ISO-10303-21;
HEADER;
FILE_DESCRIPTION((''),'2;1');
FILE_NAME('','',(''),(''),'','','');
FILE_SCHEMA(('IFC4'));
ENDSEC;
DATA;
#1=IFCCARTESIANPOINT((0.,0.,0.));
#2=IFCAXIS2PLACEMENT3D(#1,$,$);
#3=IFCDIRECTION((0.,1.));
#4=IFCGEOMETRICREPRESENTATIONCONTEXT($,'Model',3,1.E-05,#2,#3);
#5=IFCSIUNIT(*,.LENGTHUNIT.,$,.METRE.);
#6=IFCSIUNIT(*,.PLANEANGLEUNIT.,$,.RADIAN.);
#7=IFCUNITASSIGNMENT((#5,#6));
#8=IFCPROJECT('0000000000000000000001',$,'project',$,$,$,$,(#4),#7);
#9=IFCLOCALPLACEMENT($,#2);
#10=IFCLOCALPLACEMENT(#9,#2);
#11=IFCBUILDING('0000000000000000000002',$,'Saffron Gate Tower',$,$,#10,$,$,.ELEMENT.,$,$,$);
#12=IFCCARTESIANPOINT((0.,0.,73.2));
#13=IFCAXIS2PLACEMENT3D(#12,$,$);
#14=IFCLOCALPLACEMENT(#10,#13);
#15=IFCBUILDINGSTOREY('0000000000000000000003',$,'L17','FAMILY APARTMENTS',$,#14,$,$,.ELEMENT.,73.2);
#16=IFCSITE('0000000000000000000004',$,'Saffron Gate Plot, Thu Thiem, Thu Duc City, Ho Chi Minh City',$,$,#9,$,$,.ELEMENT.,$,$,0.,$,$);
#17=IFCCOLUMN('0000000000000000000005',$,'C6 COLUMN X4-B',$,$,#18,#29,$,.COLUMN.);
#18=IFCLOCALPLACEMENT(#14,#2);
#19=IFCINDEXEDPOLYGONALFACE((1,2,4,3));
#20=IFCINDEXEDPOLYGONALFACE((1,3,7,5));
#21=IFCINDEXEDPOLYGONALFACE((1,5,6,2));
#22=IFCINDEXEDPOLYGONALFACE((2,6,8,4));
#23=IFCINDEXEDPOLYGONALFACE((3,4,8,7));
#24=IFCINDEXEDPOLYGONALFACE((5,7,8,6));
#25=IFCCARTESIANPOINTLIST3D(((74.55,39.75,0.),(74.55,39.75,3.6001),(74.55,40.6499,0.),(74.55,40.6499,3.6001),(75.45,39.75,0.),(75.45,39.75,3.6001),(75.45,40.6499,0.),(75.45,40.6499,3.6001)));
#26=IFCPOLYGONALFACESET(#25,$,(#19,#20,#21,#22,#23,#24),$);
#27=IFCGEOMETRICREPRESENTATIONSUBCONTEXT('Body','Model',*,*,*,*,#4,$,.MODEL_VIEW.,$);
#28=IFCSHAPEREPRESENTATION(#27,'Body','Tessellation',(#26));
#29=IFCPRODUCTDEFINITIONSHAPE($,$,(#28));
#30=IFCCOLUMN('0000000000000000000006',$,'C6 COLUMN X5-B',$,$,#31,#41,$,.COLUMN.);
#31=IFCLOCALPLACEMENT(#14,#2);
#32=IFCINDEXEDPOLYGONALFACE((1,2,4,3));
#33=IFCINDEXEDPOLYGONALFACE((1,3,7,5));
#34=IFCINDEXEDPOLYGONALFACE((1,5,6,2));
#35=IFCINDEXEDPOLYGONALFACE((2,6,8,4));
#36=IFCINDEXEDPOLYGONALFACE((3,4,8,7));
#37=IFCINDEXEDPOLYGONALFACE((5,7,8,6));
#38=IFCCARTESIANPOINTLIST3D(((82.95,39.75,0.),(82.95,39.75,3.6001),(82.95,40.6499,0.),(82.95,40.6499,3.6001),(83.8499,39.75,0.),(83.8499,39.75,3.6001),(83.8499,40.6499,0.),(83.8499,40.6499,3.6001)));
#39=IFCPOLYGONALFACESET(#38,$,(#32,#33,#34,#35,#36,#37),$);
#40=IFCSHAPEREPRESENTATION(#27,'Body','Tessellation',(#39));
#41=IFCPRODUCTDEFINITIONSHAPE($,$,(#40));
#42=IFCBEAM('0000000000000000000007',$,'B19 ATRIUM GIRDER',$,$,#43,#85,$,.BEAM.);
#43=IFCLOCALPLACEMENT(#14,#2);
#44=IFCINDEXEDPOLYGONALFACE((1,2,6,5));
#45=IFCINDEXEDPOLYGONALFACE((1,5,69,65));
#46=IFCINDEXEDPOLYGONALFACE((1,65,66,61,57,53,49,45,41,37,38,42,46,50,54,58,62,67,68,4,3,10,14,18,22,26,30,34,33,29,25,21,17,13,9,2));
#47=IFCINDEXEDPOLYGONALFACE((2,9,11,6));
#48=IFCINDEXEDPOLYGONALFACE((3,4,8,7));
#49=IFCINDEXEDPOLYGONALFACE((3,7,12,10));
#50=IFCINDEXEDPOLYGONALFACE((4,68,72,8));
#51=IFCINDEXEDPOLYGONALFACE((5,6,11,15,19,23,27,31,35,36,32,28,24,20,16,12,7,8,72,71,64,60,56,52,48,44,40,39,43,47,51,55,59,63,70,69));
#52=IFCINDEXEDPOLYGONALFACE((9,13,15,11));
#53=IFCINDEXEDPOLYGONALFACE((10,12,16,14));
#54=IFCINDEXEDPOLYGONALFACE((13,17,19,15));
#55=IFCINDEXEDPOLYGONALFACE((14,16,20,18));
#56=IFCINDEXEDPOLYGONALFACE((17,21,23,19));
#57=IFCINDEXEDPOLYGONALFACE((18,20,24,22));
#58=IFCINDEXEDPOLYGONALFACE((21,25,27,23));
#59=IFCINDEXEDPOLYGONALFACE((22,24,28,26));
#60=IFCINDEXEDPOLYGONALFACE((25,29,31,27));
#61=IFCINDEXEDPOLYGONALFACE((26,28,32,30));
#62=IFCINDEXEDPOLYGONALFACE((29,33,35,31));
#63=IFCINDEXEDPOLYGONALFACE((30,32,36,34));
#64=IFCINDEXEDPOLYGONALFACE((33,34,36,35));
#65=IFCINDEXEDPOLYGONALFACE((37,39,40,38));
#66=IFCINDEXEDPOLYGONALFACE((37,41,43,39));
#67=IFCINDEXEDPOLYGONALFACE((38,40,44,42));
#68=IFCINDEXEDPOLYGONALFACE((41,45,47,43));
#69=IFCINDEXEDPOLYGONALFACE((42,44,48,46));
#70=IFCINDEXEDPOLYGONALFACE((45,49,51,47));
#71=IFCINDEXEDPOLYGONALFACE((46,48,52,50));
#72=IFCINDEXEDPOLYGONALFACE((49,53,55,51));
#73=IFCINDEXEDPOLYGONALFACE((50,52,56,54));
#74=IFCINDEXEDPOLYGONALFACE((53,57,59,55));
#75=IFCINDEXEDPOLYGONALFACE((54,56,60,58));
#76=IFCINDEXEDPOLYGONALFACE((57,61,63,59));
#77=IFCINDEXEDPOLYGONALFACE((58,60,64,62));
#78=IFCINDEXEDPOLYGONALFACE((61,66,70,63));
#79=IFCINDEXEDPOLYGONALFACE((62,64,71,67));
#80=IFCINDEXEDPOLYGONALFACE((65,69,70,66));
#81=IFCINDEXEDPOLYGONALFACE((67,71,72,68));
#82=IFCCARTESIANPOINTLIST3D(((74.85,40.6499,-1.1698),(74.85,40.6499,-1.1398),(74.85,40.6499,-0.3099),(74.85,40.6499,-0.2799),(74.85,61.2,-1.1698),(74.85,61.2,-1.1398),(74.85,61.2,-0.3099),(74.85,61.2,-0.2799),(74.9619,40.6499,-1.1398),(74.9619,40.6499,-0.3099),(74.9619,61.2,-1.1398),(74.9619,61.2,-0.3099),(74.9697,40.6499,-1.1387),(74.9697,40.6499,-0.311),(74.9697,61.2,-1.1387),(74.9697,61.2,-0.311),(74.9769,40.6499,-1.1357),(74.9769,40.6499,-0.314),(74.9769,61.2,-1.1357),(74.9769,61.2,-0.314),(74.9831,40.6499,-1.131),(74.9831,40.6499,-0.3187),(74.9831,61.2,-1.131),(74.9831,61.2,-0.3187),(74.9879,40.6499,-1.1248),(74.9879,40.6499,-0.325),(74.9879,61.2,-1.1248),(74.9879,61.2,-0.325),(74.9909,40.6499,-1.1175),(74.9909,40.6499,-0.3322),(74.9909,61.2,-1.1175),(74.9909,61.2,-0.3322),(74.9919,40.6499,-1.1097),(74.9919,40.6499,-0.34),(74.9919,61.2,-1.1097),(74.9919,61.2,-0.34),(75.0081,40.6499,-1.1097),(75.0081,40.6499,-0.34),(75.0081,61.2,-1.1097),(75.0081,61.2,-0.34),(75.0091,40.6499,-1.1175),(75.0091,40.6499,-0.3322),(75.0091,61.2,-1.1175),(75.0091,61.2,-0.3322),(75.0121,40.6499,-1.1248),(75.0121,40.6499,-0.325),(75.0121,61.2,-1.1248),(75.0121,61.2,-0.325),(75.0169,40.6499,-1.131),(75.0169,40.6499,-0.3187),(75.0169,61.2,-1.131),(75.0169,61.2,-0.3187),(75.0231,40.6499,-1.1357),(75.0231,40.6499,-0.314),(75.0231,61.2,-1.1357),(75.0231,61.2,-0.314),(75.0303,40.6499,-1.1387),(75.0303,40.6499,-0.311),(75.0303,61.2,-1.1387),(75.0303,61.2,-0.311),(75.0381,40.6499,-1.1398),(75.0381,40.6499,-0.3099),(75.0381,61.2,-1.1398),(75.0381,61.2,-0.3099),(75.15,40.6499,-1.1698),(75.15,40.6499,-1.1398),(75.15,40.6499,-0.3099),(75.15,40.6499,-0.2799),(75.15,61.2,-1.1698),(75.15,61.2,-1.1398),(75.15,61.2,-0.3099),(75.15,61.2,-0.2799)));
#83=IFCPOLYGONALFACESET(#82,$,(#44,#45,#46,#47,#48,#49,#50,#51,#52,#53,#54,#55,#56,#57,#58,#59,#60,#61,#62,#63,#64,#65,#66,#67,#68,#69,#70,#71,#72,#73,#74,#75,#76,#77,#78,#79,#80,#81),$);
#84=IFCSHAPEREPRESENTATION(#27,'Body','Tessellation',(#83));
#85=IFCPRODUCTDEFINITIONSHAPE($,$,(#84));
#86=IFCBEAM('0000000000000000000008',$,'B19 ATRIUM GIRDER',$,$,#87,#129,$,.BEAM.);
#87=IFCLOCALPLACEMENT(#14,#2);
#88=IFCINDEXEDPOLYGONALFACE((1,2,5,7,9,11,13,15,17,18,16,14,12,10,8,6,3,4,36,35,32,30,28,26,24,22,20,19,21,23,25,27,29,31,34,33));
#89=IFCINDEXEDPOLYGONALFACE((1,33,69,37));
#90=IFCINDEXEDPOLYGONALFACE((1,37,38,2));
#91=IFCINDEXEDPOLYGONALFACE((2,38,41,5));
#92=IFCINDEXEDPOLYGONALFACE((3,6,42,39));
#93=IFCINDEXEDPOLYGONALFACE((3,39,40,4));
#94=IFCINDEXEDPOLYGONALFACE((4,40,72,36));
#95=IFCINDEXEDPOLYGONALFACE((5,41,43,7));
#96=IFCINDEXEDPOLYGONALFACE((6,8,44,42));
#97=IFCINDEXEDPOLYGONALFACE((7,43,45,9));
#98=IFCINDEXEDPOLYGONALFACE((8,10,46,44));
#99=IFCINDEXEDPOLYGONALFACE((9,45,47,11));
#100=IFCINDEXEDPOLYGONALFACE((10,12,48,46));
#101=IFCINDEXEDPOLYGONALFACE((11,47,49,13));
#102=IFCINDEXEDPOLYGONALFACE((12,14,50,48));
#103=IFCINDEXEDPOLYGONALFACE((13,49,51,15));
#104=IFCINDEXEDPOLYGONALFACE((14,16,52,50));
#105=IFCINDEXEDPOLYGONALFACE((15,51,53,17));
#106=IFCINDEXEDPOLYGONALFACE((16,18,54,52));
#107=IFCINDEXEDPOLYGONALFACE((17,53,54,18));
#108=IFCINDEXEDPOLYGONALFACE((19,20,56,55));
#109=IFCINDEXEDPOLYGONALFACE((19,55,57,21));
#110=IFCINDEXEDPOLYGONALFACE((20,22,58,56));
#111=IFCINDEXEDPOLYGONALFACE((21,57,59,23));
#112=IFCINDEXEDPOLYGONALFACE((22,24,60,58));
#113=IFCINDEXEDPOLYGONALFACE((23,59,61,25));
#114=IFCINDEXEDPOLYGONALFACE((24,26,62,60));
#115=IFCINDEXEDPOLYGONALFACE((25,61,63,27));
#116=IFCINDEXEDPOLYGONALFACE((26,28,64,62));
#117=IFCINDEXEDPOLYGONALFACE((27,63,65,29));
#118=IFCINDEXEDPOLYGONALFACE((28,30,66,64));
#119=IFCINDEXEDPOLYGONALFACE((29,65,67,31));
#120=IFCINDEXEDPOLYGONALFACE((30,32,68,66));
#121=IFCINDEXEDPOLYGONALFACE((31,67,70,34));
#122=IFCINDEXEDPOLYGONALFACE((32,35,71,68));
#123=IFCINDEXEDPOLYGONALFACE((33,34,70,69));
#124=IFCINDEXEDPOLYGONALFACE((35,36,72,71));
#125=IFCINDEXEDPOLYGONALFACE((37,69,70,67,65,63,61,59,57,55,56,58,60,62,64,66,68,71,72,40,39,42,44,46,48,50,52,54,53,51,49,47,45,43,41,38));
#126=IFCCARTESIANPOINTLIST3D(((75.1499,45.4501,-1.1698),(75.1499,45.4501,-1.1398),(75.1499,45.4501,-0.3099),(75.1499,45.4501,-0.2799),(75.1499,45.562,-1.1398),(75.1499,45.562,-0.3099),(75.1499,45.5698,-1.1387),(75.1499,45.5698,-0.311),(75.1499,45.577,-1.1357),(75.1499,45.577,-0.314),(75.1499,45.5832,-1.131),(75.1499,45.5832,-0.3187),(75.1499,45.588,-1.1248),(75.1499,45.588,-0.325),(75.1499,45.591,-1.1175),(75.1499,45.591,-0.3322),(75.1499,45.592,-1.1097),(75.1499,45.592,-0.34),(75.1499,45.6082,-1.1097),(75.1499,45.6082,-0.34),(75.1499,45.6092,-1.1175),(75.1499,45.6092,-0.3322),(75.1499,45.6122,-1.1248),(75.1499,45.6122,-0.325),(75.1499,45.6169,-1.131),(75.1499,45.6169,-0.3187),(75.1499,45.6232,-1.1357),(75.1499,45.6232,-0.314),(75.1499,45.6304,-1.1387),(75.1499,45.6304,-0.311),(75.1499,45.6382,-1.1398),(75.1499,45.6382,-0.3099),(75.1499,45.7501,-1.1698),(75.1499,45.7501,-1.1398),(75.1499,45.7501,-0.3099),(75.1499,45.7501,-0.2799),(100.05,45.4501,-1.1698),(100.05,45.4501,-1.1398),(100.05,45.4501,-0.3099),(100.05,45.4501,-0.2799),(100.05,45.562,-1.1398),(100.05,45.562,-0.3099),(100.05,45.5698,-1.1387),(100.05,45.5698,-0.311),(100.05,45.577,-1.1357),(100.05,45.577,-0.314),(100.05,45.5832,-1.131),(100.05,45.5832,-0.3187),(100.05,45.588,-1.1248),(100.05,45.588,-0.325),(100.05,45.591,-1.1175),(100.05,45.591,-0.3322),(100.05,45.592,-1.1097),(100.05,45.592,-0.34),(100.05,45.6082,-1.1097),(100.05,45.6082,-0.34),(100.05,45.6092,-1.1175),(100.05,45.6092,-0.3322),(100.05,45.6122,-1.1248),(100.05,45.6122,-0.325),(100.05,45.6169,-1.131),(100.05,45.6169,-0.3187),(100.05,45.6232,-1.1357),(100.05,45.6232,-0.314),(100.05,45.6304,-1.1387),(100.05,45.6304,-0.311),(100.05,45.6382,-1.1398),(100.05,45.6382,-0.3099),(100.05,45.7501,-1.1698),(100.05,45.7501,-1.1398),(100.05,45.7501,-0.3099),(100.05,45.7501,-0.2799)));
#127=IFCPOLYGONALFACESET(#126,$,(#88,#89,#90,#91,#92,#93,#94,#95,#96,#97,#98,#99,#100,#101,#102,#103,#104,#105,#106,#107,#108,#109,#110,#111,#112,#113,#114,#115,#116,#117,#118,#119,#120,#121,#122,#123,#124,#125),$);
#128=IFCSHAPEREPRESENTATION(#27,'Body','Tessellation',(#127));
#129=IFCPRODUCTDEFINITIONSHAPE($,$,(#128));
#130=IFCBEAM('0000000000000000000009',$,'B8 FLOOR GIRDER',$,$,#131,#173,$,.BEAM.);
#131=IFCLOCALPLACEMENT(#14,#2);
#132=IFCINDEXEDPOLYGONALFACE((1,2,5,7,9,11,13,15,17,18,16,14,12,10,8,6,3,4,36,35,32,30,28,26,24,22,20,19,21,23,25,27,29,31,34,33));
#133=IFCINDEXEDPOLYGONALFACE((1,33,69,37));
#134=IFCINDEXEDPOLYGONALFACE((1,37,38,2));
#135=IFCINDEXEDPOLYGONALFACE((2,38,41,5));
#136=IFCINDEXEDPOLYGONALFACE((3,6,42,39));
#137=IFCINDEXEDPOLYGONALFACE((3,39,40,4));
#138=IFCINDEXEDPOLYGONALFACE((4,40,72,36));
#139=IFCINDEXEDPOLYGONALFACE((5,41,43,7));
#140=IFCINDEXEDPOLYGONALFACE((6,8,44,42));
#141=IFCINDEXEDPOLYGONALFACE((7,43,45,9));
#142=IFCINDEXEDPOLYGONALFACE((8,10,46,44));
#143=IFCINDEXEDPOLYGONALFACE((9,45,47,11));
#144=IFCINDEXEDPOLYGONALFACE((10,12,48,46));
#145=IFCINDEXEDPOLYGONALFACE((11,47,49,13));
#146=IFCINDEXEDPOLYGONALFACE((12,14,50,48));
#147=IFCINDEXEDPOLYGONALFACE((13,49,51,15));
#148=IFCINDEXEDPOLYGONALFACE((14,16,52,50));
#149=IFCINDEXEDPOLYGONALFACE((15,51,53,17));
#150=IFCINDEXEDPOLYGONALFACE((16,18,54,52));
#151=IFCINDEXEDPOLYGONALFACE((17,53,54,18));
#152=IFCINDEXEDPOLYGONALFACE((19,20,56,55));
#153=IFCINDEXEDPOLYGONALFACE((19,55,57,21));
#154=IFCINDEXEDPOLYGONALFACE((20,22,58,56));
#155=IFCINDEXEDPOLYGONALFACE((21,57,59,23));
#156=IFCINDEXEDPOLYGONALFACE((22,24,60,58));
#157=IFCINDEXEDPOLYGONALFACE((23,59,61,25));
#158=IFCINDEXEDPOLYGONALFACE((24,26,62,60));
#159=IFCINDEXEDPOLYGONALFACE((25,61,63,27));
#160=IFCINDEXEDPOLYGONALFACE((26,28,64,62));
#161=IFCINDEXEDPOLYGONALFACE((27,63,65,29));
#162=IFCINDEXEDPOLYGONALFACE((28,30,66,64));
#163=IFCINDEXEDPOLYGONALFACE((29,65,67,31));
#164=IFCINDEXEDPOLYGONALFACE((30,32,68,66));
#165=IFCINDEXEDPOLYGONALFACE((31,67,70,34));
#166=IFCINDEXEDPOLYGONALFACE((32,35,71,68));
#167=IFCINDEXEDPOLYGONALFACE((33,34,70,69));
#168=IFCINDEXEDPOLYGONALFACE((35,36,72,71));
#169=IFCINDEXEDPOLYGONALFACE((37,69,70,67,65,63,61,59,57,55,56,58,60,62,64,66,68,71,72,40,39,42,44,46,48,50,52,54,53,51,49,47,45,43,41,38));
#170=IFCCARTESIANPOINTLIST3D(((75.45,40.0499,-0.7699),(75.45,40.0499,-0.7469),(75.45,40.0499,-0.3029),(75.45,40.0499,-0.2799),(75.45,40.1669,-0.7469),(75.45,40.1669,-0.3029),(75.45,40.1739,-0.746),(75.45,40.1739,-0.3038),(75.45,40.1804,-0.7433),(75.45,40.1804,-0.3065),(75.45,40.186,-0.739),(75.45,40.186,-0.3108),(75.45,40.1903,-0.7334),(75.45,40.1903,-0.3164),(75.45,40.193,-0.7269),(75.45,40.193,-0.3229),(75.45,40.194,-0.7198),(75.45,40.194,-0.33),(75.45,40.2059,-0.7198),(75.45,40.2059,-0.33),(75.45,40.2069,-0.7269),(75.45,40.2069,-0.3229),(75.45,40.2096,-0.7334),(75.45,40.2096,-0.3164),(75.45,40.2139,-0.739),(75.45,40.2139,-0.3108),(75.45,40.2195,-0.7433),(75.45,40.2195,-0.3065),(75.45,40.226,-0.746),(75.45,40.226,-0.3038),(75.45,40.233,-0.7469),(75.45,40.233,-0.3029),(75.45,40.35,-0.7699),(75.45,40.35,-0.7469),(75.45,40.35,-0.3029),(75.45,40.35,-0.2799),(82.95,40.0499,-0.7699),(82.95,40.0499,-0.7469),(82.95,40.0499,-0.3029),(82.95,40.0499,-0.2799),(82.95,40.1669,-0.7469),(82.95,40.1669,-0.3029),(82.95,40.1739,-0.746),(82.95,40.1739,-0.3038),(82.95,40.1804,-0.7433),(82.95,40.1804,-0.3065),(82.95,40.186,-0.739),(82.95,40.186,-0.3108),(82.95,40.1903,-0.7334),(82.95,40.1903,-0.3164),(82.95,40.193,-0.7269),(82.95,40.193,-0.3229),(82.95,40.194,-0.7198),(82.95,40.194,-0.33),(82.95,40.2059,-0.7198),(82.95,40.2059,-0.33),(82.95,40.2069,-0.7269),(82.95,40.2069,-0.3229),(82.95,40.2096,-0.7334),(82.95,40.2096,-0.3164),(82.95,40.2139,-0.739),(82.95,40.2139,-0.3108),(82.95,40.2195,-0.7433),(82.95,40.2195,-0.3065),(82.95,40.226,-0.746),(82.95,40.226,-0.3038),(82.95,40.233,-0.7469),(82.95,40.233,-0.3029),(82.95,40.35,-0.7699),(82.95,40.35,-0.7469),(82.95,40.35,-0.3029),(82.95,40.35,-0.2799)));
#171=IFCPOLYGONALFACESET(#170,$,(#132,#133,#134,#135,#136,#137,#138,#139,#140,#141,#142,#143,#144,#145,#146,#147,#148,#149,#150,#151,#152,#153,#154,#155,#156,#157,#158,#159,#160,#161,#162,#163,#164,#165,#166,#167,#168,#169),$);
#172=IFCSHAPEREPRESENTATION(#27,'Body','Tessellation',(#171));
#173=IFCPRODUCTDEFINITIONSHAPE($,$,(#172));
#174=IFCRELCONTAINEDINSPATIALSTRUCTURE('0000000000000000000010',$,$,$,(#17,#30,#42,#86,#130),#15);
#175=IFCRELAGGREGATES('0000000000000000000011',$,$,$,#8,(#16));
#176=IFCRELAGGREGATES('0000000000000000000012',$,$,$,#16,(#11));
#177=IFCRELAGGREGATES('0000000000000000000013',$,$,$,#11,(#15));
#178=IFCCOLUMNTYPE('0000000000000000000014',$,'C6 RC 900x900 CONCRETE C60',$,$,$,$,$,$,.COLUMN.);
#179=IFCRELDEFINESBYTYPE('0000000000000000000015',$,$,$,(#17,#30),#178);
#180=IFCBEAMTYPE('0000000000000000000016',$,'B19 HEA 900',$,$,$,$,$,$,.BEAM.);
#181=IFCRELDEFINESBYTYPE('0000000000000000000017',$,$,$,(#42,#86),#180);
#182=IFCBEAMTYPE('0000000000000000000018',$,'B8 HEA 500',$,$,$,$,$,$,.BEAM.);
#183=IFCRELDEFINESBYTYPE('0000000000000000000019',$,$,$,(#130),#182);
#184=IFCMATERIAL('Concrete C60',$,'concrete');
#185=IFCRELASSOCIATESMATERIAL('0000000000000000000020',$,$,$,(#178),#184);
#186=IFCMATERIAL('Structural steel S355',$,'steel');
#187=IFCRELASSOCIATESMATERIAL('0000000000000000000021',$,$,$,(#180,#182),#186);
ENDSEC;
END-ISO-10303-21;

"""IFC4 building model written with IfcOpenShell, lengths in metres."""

from ifc_helpers import new_model, si_unit, direction, frame, origin, origin_2d, place, context, subcontext, project, spatial, rectangle, i_section, extrude, material, material_profile, profile_set, type_object, element, save


model = new_model("IFC4")

# Units and contexts
model_context = context("Model", 3, precision=1e-05, world=origin(), true_north=direction((0.0, 1.0)))
body_context = subcontext(model_context, "Body", "Model", "MODEL_VIEW")
ifc_project = project(units=[si_unit("LENGTHUNIT", "METRE"), si_unit("PLANEANGLEUNIT", "RADIAN")], contexts=[model_context])

# Site, building, storey
site_placement = place(None, origin())
site = spatial("IfcSite", under=ifc_project, at=site_placement, Name="Saffron Gate Plot, Thu Thiem, Thu Duc City, Ho Chi Minh City", CompositionType="ELEMENT", RefElevation=0.0)
building_placement = place(site_placement, origin())
building = spatial("IfcBuilding", under=site, at=building_placement, Name="Saffron Gate Tower", CompositionType="ELEMENT")
storey_placement = place(building_placement, frame((0.0, 0.0, 73.2)))
storey = spatial("IfcBuildingStorey", under=building, at=storey_placement, Name="L17", Description="FAMILY APARTMENTS", CompositionType="ELEMENT", Elevation=73.2)

# Columns
ifc_material_1 = material(Name="Concrete C60", Category="concrete")
ifc_material_profile_1 = material_profile(ifc_material_1, rectangle(XDim=0.8999, YDim=0.8999, at=origin_2d()))
ifc_profile_set_1 = profile_set([ifc_material_profile_1], Name="Concrete C60")
column_type = type_object("IfcColumnType", Name="C6 RC 900x900 CONCRETE C60", PredefinedType="COLUMN", material=ifc_profile_set_1)
for number, where, z_axis, x_axis, name in (
    (1, (75.0, 40.2, 0.0), (0.0, 0.0, 1.0), (1.0, 0.0, 0.0), "C6 COLUMN X4-B"),
    (2, (83.3999, 40.2, 0.0), (0.0, 0.0, 1.0), (1.0, 0.0, 0.0), "C6 COLUMN X5-B"),
):
    element("IfcColumn", number, at=place(storey_placement, frame(where, z_axis=z_axis, x_axis=x_axis)), inside=storey, type_object=column_type, Name=name, PredefinedType="COLUMN", context=body_context, shape_type="SweptSolid", body=[
        extrude(rectangle(XDim=0.8999, YDim=0.8999, at=origin_2d()), origin(), (0.0, 0.0, 1.0), 3.6001),
    ])

# Beams
ifc_material_2 = material(Name="Structural steel S355", Category="steel")
ifc_material_profile_2 = material_profile(ifc_material_2, i_section(OverallWidth=0.3, OverallDepth=0.8899, WebThickness=0.0161, FlangeThickness=0.03, FilletRadius=0.03, at=origin_2d()))
ifc_profile_set_2 = profile_set([ifc_material_profile_2], Name="Structural steel S355")
beam_type_1 = type_object("IfcBeamType", Name="B19 HEA 900", PredefinedType="BEAM", material=ifc_profile_set_2)
beam_1_placement = place(storey_placement, frame((75.0, 40.6499, -0.7249), z_axis=(0.0, 1.0, 0.0), x_axis=(-1.0, 0.0, 0.0)))
element("IfcBeam", 3, at=beam_1_placement, inside=storey, type_object=beam_type_1, Name="B19 ATRIUM GIRDER", PredefinedType="BEAM", context=body_context, shape_type="SweptSolid", body=[
    extrude(i_section(OverallWidth=0.3, OverallDepth=0.8899, WebThickness=0.0161, FlangeThickness=0.03, FilletRadius=0.03, at=origin_2d()), origin(), (0.0, 0.0, 1.0), 20.55),
])
beam_2_placement = place(storey_placement, frame((75.1499, 45.6001, -0.7249), z_axis=(1.0, 0.0, 0.0), x_axis=(0.0, 1.0, 0.0)))
element("IfcBeam", 4, at=beam_2_placement, inside=storey, type_object=beam_type_1, Name="B19 ATRIUM GIRDER", PredefinedType="BEAM", context=body_context, shape_type="SweptSolid", body=[
    extrude(i_section(OverallWidth=0.3, OverallDepth=0.8899, WebThickness=0.0161, FlangeThickness=0.03, FilletRadius=0.03, at=origin_2d()), origin(), (0.0, 0.0, 1.0), 24.9001),
])
ifc_material_profile_3 = material_profile(ifc_material_2, i_section(OverallWidth=0.3, OverallDepth=0.49, WebThickness=0.012, FlangeThickness=0.0229, FilletRadius=0.0271, at=origin_2d()))
ifc_profile_set_3 = profile_set([ifc_material_profile_3], Name="Structural steel S355")
beam_type_2 = type_object("IfcBeamType", Name="B8 HEA 500", PredefinedType="BEAM", material=ifc_profile_set_3)
beam_3_placement = place(storey_placement, frame((75.45, 40.2, -0.5249), z_axis=(1.0, 0.0, 0.0), x_axis=(0.0, 1.0, 0.0)))
element("IfcBeam", 5, at=beam_3_placement, inside=storey, type_object=beam_type_2, Name="B8 FLOOR GIRDER", PredefinedType="BEAM", context=body_context, shape_type="SweptSolid", body=[
    extrude(i_section(OverallWidth=0.3, OverallDepth=0.49, WebThickness=0.012, FlangeThickness=0.0229, FilletRadius=0.0271, at=origin_2d()), origin(), (0.0, 0.0, 1.0), 7.5),
])

save(model, "model.ifc")
